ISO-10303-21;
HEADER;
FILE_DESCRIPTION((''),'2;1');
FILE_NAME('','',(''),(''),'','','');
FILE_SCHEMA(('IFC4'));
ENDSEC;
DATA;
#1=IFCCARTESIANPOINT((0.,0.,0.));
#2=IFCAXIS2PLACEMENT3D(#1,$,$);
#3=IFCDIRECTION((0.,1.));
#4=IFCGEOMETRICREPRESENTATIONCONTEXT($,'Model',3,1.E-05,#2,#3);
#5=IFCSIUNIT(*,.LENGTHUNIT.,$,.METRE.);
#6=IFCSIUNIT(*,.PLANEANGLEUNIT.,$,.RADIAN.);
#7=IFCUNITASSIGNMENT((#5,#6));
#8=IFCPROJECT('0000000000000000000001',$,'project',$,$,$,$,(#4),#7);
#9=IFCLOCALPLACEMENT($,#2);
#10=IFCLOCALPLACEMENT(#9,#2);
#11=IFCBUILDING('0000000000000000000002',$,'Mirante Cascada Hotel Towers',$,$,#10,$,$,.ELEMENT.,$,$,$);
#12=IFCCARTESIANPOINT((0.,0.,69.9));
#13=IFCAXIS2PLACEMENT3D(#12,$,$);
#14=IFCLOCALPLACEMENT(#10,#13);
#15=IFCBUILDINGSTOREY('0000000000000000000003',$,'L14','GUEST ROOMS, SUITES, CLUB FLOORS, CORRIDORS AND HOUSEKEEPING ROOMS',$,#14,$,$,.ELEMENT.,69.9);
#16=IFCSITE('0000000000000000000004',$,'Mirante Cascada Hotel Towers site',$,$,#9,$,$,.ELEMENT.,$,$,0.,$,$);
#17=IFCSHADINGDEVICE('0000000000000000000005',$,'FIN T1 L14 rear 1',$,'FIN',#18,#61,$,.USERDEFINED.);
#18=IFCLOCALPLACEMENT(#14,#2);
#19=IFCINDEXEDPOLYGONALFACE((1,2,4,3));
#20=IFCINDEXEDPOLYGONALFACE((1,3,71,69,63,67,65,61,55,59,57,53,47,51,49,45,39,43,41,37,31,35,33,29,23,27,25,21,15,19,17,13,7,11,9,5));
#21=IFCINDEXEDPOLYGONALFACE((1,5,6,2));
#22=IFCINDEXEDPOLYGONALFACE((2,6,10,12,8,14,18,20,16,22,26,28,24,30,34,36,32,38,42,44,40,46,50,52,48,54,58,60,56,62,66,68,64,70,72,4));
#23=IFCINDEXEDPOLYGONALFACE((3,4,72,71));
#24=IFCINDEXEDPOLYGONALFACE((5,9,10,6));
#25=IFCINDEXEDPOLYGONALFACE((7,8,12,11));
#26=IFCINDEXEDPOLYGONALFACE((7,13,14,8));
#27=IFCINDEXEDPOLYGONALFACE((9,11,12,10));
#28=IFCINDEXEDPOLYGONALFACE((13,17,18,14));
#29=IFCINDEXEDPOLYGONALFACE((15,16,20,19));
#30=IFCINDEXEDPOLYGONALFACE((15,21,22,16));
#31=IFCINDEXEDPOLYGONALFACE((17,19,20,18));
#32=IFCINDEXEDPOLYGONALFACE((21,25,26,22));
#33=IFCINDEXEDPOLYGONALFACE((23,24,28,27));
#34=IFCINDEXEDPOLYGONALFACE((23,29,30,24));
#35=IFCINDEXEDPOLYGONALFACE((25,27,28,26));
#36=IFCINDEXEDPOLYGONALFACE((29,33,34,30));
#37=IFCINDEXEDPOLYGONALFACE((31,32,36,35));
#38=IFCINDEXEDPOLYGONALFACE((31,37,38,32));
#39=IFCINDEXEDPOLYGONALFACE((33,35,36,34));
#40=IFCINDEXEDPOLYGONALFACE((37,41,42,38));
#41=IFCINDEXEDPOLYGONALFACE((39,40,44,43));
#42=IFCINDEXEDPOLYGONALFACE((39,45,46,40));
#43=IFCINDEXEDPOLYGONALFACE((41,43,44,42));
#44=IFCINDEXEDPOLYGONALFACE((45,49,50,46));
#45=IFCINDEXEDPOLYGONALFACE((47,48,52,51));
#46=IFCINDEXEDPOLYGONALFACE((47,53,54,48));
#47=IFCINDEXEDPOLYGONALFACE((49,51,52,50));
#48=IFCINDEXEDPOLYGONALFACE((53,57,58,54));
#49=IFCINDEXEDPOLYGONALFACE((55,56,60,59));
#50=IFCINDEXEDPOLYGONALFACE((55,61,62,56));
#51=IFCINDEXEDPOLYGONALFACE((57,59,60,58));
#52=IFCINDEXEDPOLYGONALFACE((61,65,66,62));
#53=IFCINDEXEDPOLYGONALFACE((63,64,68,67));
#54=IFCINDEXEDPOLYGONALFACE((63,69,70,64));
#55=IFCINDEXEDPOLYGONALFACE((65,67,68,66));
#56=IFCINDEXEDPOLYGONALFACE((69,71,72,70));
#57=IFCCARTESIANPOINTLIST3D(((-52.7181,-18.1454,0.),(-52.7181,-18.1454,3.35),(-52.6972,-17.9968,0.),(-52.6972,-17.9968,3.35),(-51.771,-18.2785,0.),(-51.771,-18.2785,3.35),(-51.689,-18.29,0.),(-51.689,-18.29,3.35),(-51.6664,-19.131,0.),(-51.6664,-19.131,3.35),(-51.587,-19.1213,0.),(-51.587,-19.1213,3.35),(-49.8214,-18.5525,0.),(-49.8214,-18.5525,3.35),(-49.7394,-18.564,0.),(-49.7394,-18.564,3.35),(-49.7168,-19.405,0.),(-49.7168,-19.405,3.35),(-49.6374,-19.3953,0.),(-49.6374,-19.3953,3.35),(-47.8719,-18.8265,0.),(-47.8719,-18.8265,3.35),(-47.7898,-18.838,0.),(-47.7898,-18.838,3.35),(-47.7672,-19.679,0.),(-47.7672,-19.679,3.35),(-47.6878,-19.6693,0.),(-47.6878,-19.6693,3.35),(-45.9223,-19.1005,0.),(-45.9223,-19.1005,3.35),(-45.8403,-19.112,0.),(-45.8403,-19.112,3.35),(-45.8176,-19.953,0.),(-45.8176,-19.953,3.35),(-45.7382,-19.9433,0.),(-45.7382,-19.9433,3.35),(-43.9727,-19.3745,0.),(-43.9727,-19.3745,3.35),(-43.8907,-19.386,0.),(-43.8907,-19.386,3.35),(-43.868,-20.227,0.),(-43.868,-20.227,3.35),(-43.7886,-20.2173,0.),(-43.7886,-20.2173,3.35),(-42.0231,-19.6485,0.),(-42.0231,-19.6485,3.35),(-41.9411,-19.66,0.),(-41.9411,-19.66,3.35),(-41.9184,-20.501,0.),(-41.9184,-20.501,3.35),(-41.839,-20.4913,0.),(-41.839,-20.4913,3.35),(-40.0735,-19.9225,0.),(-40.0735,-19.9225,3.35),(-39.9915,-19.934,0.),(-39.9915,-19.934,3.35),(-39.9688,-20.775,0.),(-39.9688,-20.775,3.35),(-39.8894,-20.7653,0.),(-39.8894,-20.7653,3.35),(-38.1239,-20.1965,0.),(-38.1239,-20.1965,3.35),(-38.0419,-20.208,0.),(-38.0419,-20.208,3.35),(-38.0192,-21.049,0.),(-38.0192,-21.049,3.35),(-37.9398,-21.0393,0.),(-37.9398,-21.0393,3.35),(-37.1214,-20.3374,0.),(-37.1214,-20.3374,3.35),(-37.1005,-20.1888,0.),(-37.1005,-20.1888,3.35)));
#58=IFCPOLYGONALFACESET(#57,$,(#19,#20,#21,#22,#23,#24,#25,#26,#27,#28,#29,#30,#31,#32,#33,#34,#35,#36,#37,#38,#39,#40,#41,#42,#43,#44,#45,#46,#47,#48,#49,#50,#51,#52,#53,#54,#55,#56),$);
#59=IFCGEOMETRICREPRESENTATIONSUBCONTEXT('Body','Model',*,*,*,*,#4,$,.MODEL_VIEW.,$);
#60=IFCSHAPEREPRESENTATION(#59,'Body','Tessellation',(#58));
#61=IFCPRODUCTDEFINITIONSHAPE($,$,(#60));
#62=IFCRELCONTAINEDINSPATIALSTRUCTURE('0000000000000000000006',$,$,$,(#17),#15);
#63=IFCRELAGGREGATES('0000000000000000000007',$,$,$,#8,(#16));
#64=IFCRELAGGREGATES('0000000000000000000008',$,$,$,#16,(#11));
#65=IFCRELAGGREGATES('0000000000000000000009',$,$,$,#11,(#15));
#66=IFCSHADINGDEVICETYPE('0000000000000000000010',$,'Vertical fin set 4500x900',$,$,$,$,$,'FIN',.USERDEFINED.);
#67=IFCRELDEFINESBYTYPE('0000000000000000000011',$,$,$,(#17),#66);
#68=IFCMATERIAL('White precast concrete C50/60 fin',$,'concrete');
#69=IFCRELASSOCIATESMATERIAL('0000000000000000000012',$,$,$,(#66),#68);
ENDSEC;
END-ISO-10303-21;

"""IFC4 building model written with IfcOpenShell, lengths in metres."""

from ifc_helpers import new_model, si_unit, direction, frame, origin, place, context, subcontext, project, spatial, polyline, outline, extrude, material, type_object, element, save


model = new_model("IFC4")

# Units and contexts
model_context = context("Model", 3, precision=1e-05, world=origin(), true_north=direction((0.0, 1.0)))
body_context = subcontext(model_context, "Body", "Model", "MODEL_VIEW")
ifc_project = project(units=[si_unit("LENGTHUNIT", "METRE"), si_unit("PLANEANGLEUNIT", "RADIAN")], contexts=[model_context])

# Site, building, storey
site_placement = place(None, origin())
site = spatial("IfcSite", under=ifc_project, at=site_placement, Name="Mirante Cascada Hotel Towers site", CompositionType="ELEMENT", RefElevation=0.0)
building_placement = place(site_placement, origin())
building = spatial("IfcBuilding", under=site, at=building_placement, Name="Mirante Cascada Hotel Towers", CompositionType="ELEMENT")
storey_placement = place(building_placement, frame((0.0, 0.0, 69.9)))
storey = spatial("IfcBuildingStorey", under=building, at=storey_placement, Name="L14", Description="GUEST ROOMS, SUITES, CLUB FLOORS, CORRIDORS AND HOUSEKEEPING ROOMS", CompositionType="ELEMENT", Elevation=69.9)

# Shading device
ifc_material_1 = material(Name="White precast concrete C50/60 fin", Category="concrete")
shading_device_type = type_object("IfcShadingDeviceType", Name="Vertical fin set 4500x900", ElementType="FIN", PredefinedType="USERDEFINED", material=ifc_material_1)
shading_device_1_placement = place(storey_placement, origin())
element("IfcShadingDevice", 1, at=shading_device_1_placement, inside=storey, type_object=shading_device_type, Name="FIN T1 L14 rear 1", ObjectType="FIN", PredefinedType="USERDEFINED", context=body_context, shape_type="SweptSolid", body=[
    extrude(outline(polyline([(-38.1239, -20.1965), (-39.9915, -19.934), (-39.8894, -20.7653), (-39.9688, -20.775), (-40.0735, -19.9225), (-41.9411, -19.66), (-41.839, -20.4913), (-41.9184, -20.501), (-42.0231, -19.6485), (-43.8907, -19.386), (-43.7886, -20.2173), (-43.868, -20.227), (-43.9727, -19.3745), (-45.8403, -19.112), (-45.7382, -19.9433), (-45.8176, -19.953), (-45.9223, -19.1005), (-47.7898, -18.838), (-47.6878, -19.6693), (-47.7672, -19.679), (-47.8719, -18.8265), (-49.7394, -18.564), (-49.6374, -19.3953), (-49.7168, -19.405), (-49.8214, -18.5525), (-51.689, -18.29), (-51.587, -19.1213), (-51.6664, -19.131), (-51.771, -18.2785), (-52.7181, -18.1454), (-52.6972, -17.9968), (-37.1005, -20.1888), (-37.1214, -20.3374), (-38.0419, -20.208), (-37.9398, -21.0393), (-38.0192, -21.049), (-38.1239, -20.1965)])), origin(), (0.0, 0.0, 1.0), 3.35),
])

save(model, "model.ifc")
